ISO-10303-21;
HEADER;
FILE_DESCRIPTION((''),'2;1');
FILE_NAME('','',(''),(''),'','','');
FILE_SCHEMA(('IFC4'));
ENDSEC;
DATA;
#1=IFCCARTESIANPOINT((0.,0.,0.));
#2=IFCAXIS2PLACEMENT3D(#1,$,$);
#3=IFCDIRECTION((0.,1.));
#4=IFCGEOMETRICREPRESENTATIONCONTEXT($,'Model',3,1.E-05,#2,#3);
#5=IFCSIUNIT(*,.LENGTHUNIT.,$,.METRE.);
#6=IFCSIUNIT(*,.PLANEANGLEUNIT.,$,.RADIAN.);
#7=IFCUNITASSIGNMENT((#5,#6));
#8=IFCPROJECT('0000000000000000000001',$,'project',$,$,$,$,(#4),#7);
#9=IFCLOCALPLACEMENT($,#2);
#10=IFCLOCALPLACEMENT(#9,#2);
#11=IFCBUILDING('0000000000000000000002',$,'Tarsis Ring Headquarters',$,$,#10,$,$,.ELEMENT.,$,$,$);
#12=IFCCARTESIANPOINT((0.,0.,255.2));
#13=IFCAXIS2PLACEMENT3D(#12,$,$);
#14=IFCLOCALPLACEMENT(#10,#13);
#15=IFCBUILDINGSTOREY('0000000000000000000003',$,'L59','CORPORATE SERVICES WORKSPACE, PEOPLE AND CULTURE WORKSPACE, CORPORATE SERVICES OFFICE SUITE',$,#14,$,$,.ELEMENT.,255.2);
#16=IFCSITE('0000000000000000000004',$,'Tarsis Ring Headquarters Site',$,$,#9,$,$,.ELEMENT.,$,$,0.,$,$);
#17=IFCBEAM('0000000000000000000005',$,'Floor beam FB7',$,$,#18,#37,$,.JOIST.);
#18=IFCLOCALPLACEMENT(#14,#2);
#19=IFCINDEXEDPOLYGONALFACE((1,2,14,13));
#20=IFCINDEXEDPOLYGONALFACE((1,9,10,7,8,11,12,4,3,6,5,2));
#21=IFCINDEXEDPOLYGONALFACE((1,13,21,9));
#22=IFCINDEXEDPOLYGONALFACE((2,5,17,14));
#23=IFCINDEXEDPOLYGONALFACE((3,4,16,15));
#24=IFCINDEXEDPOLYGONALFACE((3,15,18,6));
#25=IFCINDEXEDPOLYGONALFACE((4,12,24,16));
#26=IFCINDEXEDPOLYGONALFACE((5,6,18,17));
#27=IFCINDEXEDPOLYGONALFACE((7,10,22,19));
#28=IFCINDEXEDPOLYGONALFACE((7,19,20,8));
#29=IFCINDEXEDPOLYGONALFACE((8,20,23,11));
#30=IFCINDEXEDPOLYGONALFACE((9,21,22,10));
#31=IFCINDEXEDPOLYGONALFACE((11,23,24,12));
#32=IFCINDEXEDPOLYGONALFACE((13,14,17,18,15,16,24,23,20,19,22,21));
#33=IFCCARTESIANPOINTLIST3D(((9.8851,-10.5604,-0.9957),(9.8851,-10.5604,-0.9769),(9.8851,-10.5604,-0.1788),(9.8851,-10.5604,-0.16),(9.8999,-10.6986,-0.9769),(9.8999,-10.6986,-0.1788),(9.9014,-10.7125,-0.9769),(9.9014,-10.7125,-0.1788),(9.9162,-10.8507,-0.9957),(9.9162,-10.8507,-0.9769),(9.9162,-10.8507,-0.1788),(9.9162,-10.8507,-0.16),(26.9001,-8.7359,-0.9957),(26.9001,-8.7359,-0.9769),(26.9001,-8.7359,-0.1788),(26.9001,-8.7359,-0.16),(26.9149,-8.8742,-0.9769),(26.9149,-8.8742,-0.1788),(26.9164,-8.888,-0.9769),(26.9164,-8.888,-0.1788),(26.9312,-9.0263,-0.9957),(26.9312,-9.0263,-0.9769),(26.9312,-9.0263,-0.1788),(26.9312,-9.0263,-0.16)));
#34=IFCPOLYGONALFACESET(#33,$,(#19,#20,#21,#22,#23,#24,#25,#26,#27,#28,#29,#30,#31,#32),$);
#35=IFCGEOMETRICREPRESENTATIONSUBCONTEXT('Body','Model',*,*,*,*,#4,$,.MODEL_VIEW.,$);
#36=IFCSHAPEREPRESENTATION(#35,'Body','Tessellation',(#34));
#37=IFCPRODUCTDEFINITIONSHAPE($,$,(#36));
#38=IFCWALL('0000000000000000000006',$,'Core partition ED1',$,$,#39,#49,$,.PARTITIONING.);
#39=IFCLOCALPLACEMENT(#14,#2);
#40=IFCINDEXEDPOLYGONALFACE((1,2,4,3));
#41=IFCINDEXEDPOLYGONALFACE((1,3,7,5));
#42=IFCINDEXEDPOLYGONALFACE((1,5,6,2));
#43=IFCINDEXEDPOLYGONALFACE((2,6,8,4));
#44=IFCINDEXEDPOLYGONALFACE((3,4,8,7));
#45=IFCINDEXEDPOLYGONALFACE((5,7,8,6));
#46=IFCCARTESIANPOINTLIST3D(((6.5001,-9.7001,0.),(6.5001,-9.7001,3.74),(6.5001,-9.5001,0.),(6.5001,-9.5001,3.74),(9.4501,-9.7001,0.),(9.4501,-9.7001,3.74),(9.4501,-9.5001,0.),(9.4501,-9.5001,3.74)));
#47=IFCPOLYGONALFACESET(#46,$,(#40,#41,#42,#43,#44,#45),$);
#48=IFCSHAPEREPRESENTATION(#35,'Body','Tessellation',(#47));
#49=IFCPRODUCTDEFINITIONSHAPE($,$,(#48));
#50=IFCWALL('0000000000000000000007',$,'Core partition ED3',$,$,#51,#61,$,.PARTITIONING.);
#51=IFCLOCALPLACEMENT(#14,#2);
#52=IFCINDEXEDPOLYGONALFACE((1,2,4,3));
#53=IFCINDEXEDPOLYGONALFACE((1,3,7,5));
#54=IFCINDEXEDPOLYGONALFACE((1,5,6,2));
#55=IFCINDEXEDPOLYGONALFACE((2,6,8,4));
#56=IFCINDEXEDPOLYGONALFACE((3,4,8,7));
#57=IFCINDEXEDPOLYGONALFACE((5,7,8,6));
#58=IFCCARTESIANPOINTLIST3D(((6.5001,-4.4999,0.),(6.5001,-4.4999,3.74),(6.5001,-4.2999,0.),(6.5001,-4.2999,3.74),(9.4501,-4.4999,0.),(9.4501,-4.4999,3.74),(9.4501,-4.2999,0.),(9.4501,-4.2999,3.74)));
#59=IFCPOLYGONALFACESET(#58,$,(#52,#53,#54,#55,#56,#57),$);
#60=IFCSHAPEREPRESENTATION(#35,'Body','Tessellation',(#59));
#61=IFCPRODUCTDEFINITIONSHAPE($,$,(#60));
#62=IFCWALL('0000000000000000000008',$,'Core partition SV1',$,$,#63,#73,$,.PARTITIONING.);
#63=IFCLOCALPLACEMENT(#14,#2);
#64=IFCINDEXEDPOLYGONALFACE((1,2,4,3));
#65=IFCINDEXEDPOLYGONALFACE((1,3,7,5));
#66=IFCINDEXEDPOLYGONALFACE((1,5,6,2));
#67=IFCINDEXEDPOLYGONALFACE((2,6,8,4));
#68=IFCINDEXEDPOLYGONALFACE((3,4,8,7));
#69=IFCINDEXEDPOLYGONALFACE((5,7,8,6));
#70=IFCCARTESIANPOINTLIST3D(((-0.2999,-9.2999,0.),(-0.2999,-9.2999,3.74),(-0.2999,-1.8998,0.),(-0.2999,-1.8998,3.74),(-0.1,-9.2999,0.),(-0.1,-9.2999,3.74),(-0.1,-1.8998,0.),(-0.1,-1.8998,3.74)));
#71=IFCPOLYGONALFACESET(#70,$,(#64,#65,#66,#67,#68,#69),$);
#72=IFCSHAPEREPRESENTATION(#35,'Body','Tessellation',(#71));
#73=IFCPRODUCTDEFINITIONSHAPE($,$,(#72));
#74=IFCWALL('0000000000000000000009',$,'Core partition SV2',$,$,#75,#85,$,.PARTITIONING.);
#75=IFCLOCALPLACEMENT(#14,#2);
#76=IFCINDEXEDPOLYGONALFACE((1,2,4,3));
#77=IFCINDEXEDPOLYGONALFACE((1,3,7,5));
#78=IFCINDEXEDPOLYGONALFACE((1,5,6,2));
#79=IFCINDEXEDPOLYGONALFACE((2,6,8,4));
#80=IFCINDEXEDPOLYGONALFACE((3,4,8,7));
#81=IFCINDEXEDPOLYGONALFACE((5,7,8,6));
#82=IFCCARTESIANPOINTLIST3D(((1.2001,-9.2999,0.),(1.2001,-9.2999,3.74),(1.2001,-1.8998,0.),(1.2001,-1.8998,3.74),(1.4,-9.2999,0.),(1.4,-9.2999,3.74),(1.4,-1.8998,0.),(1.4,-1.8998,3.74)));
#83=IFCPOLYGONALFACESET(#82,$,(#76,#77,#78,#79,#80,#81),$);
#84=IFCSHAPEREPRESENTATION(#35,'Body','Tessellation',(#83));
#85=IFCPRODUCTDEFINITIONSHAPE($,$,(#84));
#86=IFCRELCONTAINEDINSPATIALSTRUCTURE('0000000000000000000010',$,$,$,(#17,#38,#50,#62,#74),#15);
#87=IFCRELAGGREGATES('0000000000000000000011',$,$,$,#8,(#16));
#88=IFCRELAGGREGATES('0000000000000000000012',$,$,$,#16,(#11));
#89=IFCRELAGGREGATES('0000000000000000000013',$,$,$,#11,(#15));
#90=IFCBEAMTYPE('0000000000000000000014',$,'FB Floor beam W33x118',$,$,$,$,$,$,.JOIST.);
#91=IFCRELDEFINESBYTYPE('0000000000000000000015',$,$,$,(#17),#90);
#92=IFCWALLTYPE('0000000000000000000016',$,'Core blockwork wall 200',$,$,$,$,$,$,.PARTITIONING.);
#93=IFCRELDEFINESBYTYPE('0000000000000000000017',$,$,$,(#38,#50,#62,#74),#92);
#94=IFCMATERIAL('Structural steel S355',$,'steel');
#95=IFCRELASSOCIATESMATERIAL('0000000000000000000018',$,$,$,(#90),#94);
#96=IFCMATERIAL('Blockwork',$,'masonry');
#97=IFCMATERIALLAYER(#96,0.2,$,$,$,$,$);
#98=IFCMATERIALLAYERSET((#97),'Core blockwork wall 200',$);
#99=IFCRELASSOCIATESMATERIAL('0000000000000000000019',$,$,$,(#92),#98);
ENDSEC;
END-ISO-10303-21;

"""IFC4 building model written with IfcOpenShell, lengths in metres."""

from ifc_helpers import new_model, si_unit, direction, frame, frame_2d, origin, origin_2d, place, context, subcontext, project, spatial, rectangle, i_section, extrude, material, layer, layer_set, material_profile, profile_set, type_object, element, save


model = new_model("IFC4")

# Units and contexts
model_context = context("Model", 3, precision=1e-05, world=origin(), true_north=direction((0.0, 1.0)))
body_context = subcontext(model_context, "Body", "Model", "MODEL_VIEW")
ifc_project = project(units=[si_unit("LENGTHUNIT", "METRE"), si_unit("PLANEANGLEUNIT", "RADIAN")], contexts=[model_context])

# Site, building, storey
site_placement = place(None, origin())
site = spatial("IfcSite", under=ifc_project, at=site_placement, Name="Tarsis Ring Headquarters Site", CompositionType="ELEMENT", RefElevation=0.0)
building_placement = place(site_placement, origin())
building = spatial("IfcBuilding", under=site, at=building_placement, Name="Tarsis Ring Headquarters", CompositionType="ELEMENT")
storey_placement = place(building_placement, frame((0.0, 0.0, 255.2)))
storey = spatial("IfcBuildingStorey", under=building, at=storey_placement, Name="L59", Description="CORPORATE SERVICES WORKSPACE, PEOPLE AND CULTURE WORKSPACE, CORPORATE SERVICES OFFICE SUITE", CompositionType="ELEMENT", Elevation=255.2)

# Beam
ifc_material_1 = material(Name="Structural steel S355", Category="steel")
ifc_material_profile = material_profile(ifc_material_1, i_section(OverallWidth=0.292, OverallDepth=0.8357, WebThickness=0.0139, FlangeThickness=0.0188, at=origin_2d()), Name="W33x118")
ifc_profile_set = profile_set([ifc_material_profile], Name="Structural steel S355")
beam_type = type_object("IfcBeamType", Name="FB Floor beam W33x118", PredefinedType="JOIST", material=ifc_profile_set)
beam_placement = place(storey_placement, frame((9.9006, -10.7056, -0.5779), z_axis=(0.9943, 0.106616, 0.0), x_axis=(-0.106616, 0.9943, 0.0)))
element("IfcBeam", 1, at=beam_placement, inside=storey, type_object=beam_type, Name="Floor beam FB7", PredefinedType="JOIST", context=body_context, shape_type="SweptSolid", body=[
    extrude(i_section(OverallWidth=0.292, OverallDepth=0.8357, WebThickness=0.0139, FlangeThickness=0.0188, at=origin_2d()), origin(), (0.0, 0.0, 1.0), 17.1125),
])

# Walls
ifc_material_2 = material(Name="Blockwork", Category="masonry")
ifc_layer_1 = layer(ifc_material_2, 0.2)
ifc_layer_set_1 = layer_set([ifc_layer_1], Name="Core blockwork wall 200")
wall_type_1 = type_object("IfcWallType", Name="Core blockwork wall 200", PredefinedType="PARTITIONING", material=ifc_layer_set_1)
for number, where, z_axis, x_axis, name in (
    (2, (6.5, -9.6001, 0.0), (0.0, 0.0, 1.0), (1.0, 0.0, 0.0), "Core partition ED1"),
    (3, (6.5, -4.3999, 0.0), (0.0, 0.0, 1.0), (1.0, 0.0, 0.0), "Core partition ED3"),
):
    element("IfcWall", number, at=place(storey_placement, frame(where, z_axis=z_axis, x_axis=x_axis)), inside=storey, type_object=wall_type_1, Name=name, PredefinedType="PARTITIONING", context=body_context, shape_type="SweptSolid", body=[
        extrude(rectangle(XDim=2.95, YDim=0.2, at=frame_2d((1.4751, 0.0))), origin(), (0.0, 0.0, 1.0), 3.74),
    ])
for number, where, z_axis, x_axis, name in (
    (4, (-0.2, -9.3, 0.0), (0.0, 0.0, 1.0), (0.0, 1.0, 0.0), "Core partition SV1"),
    (5, (1.3, -9.3, 0.0), (0.0, 0.0, 1.0), (0.0, 1.0, 0.0), "Core partition SV2"),
):
    element("IfcWall", number, at=place(storey_placement, frame(where, z_axis=z_axis, x_axis=x_axis)), inside=storey, type_object=wall_type_1, Name=name, PredefinedType="PARTITIONING", context=body_context, shape_type="SweptSolid", body=[
        extrude(rectangle(XDim=7.4001, YDim=0.2, at=frame_2d((3.7002, 0.0))), origin(), (0.0, 0.0, 1.0), 3.74),
    ])

save(model, "model.ifc")
